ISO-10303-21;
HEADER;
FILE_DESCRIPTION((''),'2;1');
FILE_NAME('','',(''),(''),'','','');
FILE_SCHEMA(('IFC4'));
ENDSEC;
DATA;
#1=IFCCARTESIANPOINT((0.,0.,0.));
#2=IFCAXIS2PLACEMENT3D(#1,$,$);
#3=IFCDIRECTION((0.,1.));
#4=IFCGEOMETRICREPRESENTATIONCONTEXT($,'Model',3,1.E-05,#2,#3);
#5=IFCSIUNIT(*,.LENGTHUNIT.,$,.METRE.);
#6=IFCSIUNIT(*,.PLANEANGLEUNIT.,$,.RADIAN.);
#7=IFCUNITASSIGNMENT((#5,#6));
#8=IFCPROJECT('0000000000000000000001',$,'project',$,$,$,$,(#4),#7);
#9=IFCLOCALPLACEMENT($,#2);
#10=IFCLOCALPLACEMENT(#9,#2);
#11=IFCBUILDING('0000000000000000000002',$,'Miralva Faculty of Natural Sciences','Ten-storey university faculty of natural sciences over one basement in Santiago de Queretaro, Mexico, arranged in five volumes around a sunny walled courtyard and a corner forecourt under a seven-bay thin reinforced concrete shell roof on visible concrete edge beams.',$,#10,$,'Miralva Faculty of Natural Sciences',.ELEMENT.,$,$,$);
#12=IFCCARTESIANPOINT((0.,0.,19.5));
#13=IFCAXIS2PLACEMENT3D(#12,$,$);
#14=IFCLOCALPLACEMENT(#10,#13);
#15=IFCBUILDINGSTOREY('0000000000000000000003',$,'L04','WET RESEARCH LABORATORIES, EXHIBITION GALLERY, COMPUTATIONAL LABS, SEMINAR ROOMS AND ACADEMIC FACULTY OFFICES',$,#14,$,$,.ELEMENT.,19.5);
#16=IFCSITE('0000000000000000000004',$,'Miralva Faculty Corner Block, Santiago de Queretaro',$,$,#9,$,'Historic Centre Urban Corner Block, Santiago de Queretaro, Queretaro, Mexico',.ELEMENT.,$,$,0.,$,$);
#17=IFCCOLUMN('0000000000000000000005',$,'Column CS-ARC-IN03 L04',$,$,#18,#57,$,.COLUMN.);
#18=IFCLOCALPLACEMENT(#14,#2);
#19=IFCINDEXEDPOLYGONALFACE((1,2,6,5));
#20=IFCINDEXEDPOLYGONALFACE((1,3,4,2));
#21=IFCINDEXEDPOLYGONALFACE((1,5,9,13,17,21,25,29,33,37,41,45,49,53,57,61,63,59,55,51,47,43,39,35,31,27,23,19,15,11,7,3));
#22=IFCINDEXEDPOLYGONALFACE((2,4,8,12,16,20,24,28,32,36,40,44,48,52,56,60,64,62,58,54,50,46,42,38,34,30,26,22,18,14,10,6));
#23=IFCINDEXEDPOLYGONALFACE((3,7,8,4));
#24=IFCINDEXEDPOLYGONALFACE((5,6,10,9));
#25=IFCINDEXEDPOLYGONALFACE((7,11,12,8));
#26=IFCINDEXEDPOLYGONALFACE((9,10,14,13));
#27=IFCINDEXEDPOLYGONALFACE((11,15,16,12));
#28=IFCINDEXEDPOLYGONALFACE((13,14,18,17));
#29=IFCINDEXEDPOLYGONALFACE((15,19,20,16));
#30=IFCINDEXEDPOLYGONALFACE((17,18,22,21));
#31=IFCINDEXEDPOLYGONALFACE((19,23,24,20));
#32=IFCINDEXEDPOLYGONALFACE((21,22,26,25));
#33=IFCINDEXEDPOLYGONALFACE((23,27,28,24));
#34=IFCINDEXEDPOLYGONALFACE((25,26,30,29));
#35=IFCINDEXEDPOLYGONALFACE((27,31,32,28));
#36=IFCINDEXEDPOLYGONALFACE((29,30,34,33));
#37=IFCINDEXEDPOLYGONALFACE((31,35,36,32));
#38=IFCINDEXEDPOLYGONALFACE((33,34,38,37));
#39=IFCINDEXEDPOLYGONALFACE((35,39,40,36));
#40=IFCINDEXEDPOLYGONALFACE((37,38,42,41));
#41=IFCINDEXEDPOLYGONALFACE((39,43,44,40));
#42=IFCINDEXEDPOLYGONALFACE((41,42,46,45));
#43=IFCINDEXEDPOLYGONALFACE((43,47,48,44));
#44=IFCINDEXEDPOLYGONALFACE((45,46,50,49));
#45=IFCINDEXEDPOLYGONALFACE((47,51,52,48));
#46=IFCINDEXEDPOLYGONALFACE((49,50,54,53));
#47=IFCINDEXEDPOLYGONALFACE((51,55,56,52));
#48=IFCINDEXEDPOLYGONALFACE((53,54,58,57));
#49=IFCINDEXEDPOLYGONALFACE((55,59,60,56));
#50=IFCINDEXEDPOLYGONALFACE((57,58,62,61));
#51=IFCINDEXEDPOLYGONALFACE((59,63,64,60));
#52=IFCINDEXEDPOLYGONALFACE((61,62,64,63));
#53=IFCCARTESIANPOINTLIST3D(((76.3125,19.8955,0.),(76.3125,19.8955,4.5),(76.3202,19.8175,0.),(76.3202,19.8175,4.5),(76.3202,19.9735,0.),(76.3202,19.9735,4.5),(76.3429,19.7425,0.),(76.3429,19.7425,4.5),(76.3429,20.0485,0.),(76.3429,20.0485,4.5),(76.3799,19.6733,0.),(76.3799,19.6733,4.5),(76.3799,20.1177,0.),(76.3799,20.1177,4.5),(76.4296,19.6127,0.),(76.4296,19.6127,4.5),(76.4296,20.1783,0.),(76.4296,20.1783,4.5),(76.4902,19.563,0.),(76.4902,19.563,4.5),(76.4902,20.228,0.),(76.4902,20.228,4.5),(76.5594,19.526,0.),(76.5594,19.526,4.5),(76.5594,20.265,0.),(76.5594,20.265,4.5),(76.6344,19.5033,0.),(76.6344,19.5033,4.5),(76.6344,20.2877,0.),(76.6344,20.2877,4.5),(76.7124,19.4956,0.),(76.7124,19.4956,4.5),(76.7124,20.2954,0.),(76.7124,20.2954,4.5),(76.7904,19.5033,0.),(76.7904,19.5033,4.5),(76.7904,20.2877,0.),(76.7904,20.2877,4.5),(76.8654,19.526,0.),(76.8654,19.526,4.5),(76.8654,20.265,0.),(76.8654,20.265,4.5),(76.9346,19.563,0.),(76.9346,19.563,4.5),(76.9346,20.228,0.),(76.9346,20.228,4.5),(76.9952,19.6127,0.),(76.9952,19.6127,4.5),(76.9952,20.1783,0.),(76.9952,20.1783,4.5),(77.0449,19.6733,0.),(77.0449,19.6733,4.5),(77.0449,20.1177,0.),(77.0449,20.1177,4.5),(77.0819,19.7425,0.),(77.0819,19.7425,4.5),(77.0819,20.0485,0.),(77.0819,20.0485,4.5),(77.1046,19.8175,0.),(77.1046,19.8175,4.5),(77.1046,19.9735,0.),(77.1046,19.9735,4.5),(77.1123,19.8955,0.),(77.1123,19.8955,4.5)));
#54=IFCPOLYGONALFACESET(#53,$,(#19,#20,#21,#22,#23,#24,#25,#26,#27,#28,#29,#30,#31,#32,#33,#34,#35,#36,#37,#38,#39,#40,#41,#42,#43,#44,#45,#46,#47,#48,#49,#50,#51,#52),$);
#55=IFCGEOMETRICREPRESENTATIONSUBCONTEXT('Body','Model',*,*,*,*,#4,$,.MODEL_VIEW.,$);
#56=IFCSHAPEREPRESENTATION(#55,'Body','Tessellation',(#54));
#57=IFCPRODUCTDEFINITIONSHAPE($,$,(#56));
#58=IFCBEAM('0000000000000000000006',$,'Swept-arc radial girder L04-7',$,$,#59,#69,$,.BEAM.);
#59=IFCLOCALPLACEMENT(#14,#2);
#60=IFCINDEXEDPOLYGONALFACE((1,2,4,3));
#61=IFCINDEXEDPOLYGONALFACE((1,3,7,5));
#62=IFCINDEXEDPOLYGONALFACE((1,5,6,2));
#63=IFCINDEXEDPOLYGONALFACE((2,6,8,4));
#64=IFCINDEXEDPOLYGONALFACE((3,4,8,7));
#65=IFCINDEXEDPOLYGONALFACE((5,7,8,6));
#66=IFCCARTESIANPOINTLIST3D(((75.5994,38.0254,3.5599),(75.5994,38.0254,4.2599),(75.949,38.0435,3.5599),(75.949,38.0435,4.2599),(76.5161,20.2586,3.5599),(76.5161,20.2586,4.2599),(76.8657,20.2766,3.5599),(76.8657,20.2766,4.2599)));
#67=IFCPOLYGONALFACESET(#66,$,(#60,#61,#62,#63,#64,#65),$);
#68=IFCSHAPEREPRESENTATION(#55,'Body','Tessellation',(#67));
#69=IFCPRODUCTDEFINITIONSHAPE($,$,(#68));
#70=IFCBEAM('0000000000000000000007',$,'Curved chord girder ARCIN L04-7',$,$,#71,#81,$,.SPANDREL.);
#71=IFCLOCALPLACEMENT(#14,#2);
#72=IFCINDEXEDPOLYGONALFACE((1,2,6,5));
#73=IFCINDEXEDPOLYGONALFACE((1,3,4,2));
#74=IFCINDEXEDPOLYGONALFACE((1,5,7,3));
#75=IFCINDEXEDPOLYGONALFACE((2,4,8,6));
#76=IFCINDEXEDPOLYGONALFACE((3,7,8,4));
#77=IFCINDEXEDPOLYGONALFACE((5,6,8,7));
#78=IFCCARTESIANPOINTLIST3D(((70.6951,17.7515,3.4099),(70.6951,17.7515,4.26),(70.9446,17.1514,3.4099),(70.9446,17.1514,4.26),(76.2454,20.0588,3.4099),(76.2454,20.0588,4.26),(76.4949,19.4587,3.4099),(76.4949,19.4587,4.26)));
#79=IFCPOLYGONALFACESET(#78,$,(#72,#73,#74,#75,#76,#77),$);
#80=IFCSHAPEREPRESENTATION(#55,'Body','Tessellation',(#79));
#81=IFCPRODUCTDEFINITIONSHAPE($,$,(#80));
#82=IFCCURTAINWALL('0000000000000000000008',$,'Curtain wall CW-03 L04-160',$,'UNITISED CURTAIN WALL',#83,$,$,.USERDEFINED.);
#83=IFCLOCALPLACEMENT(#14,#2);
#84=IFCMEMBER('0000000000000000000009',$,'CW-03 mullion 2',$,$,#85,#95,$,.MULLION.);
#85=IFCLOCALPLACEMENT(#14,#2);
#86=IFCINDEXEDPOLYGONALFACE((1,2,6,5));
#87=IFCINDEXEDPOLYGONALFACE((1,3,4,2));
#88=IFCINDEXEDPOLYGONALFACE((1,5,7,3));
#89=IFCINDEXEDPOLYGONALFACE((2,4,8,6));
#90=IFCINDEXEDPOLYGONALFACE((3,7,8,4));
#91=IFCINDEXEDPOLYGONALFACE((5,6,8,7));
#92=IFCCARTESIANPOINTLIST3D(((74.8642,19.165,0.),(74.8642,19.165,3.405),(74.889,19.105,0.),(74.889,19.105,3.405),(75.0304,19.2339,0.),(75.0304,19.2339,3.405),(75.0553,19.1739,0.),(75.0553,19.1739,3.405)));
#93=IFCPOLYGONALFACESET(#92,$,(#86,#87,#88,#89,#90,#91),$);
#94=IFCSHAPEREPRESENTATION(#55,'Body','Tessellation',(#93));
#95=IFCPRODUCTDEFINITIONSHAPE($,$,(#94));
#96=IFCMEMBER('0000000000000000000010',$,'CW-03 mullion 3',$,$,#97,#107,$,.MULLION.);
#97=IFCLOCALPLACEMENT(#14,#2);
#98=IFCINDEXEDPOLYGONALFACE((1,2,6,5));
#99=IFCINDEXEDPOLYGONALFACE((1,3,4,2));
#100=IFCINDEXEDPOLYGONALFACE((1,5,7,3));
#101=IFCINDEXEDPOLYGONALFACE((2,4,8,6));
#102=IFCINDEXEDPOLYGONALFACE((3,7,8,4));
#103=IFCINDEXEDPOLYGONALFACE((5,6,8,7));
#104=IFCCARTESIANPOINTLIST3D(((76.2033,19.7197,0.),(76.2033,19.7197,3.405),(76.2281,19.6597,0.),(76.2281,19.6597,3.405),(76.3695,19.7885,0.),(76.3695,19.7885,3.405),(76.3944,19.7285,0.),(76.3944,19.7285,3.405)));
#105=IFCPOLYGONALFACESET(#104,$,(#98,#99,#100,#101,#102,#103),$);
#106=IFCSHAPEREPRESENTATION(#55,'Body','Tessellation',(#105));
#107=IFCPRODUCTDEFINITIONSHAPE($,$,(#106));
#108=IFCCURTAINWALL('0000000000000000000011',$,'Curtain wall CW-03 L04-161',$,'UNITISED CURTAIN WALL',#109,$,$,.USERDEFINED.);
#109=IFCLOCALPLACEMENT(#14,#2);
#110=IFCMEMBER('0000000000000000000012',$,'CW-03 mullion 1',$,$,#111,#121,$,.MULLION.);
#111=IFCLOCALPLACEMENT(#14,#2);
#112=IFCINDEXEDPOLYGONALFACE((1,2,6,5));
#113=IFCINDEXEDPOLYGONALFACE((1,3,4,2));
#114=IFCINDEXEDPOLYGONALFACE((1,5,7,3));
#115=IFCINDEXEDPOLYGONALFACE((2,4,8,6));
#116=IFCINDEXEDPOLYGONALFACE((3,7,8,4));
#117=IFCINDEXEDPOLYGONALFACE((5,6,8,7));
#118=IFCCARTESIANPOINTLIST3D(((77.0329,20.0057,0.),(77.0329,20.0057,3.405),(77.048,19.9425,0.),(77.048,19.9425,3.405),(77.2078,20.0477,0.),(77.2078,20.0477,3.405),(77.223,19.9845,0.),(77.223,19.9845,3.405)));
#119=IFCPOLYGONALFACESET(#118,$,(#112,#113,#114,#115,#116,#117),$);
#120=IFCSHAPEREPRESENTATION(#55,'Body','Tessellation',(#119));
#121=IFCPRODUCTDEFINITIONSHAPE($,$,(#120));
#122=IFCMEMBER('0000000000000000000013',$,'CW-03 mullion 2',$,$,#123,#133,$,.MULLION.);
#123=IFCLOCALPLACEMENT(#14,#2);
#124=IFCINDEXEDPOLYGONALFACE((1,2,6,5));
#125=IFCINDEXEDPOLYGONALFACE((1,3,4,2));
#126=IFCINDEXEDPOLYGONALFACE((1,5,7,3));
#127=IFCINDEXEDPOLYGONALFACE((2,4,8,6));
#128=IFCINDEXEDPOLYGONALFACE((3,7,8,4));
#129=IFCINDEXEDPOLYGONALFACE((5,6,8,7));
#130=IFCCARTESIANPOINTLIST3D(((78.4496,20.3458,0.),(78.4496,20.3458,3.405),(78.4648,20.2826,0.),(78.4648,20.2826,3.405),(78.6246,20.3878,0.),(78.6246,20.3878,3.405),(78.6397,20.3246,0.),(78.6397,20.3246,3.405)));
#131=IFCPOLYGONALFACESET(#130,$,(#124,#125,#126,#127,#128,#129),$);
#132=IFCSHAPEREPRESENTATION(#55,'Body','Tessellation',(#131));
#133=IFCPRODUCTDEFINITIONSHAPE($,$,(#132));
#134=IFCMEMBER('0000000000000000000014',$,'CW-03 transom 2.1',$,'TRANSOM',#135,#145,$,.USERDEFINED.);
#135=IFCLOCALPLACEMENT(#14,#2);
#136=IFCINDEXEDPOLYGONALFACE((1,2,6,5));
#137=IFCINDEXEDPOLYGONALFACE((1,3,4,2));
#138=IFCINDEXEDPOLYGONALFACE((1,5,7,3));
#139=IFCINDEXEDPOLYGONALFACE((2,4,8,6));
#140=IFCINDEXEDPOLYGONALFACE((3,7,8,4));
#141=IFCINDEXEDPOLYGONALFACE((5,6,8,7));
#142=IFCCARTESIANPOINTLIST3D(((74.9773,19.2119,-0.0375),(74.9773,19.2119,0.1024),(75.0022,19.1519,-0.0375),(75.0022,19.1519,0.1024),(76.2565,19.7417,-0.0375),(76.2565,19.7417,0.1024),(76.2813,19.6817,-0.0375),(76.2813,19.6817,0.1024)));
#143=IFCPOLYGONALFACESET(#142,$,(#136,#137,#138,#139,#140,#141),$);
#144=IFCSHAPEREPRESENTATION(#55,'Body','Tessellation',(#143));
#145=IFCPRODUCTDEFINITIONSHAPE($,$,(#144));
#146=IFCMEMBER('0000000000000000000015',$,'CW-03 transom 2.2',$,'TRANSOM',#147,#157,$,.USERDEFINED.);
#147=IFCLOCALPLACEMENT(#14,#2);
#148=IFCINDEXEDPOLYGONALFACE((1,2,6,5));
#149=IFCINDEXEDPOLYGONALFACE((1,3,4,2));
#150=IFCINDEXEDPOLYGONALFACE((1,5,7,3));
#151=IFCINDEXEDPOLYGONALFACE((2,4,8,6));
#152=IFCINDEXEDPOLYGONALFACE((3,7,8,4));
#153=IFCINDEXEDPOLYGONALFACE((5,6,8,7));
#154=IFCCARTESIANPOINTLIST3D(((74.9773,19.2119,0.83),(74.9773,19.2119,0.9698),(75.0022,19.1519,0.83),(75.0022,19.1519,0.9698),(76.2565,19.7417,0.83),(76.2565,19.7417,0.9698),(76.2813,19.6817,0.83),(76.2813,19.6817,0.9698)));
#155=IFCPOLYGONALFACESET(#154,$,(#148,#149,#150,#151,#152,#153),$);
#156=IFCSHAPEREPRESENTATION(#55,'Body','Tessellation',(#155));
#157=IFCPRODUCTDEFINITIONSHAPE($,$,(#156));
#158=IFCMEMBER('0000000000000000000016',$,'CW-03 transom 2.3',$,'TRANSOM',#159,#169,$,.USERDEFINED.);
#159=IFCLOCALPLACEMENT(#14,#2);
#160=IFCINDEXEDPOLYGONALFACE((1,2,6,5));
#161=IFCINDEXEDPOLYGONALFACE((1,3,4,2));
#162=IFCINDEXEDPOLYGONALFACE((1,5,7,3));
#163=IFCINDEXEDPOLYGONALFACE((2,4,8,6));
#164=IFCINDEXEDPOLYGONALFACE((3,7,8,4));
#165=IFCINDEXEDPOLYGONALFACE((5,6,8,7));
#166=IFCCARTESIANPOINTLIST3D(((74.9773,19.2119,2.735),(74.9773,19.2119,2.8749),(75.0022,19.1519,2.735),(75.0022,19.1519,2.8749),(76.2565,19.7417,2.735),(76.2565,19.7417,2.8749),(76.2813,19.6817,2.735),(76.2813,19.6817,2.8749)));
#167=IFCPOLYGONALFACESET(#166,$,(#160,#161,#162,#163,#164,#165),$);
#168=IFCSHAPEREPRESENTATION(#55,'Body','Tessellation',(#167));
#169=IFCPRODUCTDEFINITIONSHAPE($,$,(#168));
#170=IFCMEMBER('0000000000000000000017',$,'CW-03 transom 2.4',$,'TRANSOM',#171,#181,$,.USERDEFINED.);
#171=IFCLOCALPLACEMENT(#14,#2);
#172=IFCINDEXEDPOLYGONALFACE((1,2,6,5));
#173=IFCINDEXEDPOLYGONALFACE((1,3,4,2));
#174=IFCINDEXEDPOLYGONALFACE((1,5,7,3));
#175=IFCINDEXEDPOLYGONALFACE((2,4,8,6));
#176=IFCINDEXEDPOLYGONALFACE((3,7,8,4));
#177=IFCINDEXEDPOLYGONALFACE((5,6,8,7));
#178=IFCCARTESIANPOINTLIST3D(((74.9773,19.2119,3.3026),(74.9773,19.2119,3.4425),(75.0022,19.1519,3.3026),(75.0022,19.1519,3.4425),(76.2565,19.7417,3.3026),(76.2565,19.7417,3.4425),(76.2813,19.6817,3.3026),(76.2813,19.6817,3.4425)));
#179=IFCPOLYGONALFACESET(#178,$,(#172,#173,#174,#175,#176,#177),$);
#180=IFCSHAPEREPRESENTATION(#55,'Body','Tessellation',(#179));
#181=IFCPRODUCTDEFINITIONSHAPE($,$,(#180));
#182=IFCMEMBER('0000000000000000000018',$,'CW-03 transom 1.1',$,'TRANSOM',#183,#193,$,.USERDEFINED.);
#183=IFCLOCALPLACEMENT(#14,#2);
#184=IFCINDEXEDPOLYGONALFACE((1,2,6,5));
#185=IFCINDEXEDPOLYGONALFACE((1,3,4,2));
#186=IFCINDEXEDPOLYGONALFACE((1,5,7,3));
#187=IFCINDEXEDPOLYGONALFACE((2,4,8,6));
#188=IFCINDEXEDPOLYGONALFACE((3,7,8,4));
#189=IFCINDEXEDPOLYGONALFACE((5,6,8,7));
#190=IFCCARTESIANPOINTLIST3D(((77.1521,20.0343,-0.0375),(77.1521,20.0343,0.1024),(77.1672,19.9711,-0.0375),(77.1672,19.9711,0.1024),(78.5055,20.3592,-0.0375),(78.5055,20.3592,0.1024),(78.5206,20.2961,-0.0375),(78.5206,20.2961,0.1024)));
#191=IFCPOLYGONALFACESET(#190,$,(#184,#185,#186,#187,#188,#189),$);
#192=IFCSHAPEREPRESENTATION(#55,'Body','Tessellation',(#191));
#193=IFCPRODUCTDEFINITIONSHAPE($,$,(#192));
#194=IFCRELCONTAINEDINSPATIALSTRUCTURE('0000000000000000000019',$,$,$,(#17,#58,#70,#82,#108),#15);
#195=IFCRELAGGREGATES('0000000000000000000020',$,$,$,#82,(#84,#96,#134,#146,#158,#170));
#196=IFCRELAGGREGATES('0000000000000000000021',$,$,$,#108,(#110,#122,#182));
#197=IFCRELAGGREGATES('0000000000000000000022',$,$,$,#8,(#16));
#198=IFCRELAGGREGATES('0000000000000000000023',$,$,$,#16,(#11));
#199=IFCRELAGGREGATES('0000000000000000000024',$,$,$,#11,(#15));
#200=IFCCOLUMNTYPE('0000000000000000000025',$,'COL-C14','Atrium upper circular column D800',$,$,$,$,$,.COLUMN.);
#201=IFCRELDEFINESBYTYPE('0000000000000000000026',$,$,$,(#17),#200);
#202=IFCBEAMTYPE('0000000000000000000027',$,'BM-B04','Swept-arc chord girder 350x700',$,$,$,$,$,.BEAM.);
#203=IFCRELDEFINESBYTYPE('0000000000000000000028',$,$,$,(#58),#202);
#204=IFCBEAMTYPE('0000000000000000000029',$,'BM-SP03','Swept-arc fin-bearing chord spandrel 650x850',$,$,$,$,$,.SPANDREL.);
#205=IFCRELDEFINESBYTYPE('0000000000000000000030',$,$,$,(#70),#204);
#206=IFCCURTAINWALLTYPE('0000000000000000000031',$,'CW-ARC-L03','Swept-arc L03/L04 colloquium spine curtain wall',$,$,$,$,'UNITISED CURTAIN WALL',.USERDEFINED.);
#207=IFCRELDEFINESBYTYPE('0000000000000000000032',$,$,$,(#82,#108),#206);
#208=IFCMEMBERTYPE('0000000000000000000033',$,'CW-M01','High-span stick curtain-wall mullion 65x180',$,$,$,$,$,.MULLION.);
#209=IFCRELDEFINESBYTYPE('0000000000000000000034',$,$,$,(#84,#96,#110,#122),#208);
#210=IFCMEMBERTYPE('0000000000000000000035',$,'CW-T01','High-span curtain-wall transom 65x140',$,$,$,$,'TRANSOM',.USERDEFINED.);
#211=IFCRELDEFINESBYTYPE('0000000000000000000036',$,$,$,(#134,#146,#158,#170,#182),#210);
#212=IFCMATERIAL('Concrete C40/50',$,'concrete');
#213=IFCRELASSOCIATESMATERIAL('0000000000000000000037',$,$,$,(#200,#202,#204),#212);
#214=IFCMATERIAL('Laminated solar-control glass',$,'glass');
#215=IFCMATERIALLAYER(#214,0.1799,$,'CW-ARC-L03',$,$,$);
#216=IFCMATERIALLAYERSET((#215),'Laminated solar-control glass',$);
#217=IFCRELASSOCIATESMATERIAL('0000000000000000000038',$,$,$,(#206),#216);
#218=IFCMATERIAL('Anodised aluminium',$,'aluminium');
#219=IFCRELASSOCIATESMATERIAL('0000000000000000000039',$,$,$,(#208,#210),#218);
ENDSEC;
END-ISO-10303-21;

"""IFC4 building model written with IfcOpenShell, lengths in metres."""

from ifc_helpers import new_model, si_unit, direction, frame, origin, origin_2d, place, context, subcontext, project, spatial, rectangle, circle, extrude, material, layer, layer_set, material_profile, profile_set, type_object, element, aggregate, save


model = new_model("IFC4")

# Units and contexts
model_context = context("Model", 3, precision=1e-05, world=origin(), true_north=direction((0.0, 1.0)))
body_context = subcontext(model_context, "Body", "Model", "MODEL_VIEW")
ifc_project = project(units=[si_unit("LENGTHUNIT", "METRE"), si_unit("PLANEANGLEUNIT", "RADIAN")], contexts=[model_context])

# Site, building, storey
site_placement = place(None, origin())
site = spatial("IfcSite", under=ifc_project, at=site_placement, Name="Miralva Faculty Corner Block, Santiago de Queretaro", LongName="Historic Centre Urban Corner Block, Santiago de Queretaro, Queretaro, Mexico", CompositionType="ELEMENT", RefElevation=0.0)
building_placement = place(site_placement, origin())
building = spatial("IfcBuilding", under=site, at=building_placement, Name="Miralva Faculty of Natural Sciences", Description="Ten-storey university faculty of natural sciences over one basement in Santiago de Queretaro, Mexico, arranged in five volumes around a sunny walled courtyard and a corner forecourt under a seven-bay thin reinforced concrete shell roof on visible concrete edge beams.", LongName="Miralva Faculty of Natural Sciences", CompositionType="ELEMENT")
storey_placement = place(building_placement, frame((0.0, 0.0, 19.5)))
storey = spatial("IfcBuildingStorey", under=building, at=storey_placement, Name="L04", Description="WET RESEARCH LABORATORIES, EXHIBITION GALLERY, COMPUTATIONAL LABS, SEMINAR ROOMS AND ACADEMIC FACULTY OFFICES", CompositionType="ELEMENT", Elevation=19.5)

# Column
ifc_material_1 = material(Name="Concrete C40/50", Category="concrete")
ifc_material_profile_1 = material_profile(ifc_material_1, circle(Radius=0.3999, at=origin_2d()), Name="RC DIA 800")
ifc_profile_set_1 = profile_set([ifc_material_profile_1], Name="Concrete C40/50")
column_type = type_object("IfcColumnType", Name="COL-C14", Description="Atrium upper circular column D800", PredefinedType="COLUMN", material=ifc_profile_set_1)
column_placement = place(storey_placement, frame((76.7124, 19.8955, 0.0), z_axis=(0.0, 0.0, 1.0), x_axis=(1.0, 0.0, 0.0)))
element("IfcColumn", 1, at=column_placement, inside=storey, type_object=column_type, Name="Column CS-ARC-IN03 L04", PredefinedType="COLUMN", context=body_context, shape_type="SweptSolid", body=[
    extrude(circle(Radius=0.3999, at=origin_2d()), origin(), (0.0, 0.0, 1.0), 4.5),
])

# Beams
ifc_material_profile_2 = material_profile(ifc_material_1, rectangle(XDim=0.3501, YDim=0.7, at=origin_2d()), Name="RC 350x700")
ifc_profile_set_2 = profile_set([ifc_material_profile_2], Name="Concrete C40/50")
beam_type_1 = type_object("IfcBeamType", Name="BM-B04", Description="Swept-arc chord girder 350x700", PredefinedType="BEAM", material=ifc_profile_set_2)
beam_1_placement = place(storey_placement, frame((76.6909, 20.2676, 3.9099), z_axis=(-0.05153, 0.998671, 0.0), x_axis=(-0.998671, -0.05153, 0.0)))
element("IfcBeam", 2, at=beam_1_placement, inside=storey, type_object=beam_type_1, Name="Swept-arc radial girder L04-7", PredefinedType="BEAM", context=body_context, shape_type="SweptSolid", body=[
    extrude(rectangle(XDim=0.3501, YDim=0.7, at=origin_2d()), origin(), (0.0, 0.0, 1.0), 17.7905),
])
ifc_material_profile_3 = material_profile(ifc_material_1, rectangle(XDim=0.6499, YDim=0.8501, at=origin_2d()), Name="RC 650x850")
ifc_profile_set_3 = profile_set([ifc_material_profile_3], Name="Concrete C40/50")
beam_type_2 = type_object("IfcBeamType", Name="BM-SP03", Description="Swept-arc fin-bearing chord spandrel 650x850", PredefinedType="SPANDREL", material=ifc_profile_set_3)
beam_2_placement = place(storey_placement, frame((76.3701, 19.7588, 3.835), z_axis=(-0.923387, -0.383871, 0.0), x_axis=(0.383871, -0.923387, 0.0)))
element("IfcBeam", 3, at=beam_2_placement, inside=storey, type_object=beam_type_2, Name="Curved chord girder ARCIN L04-7", PredefinedType="SPANDREL", context=body_context, shape_type="SweptSolid", body=[
    extrude(rectangle(XDim=0.6499, YDim=0.8501, at=origin_2d()), origin(), (0.0, 0.0, 1.0), 6.0107),
])

# Curtain walls, members
ifc_material_2 = material(Name="Laminated solar-control glass", Category="glass")
ifc_layer_1 = layer(ifc_material_2, 0.1799, Name="CW-ARC-L03")
ifc_layer_set_1 = layer_set([ifc_layer_1], Name="Laminated solar-control glass")
curtain_wall_type = type_object("IfcCurtainWallType", Name="CW-ARC-L03", Description="Swept-arc L03/L04 colloquium spine curtain wall", ElementType="UNITISED CURTAIN WALL", PredefinedType="USERDEFINED", material=ifc_layer_set_1)
curtain_wall_1_placement = place(storey_placement, origin())
curtain_wall_1 = element("IfcCurtainWall", 4, at=curtain_wall_1_placement, inside=storey, type_object=curtain_wall_type, Name="Curtain wall CW-03 L04-160", ObjectType="UNITISED CURTAIN WALL", PredefinedType="USERDEFINED")
ifc_material_3 = material(Name="Anodised aluminium", Category="aluminium")
ifc_material_profile_4 = material_profile(ifc_material_3, rectangle(XDim=0.0649, YDim=0.1799, at=origin_2d()), Name="MULLION 65x180")
ifc_profile_set_4 = profile_set([ifc_material_profile_4], Name="Anodised aluminium")
member_type_1 = type_object("IfcMemberType", Name="CW-M01", Description="High-span stick curtain-wall mullion 65x180", PredefinedType="MULLION", material=ifc_profile_set_4)
member_1_placement = place(storey_placement, frame((74.9597, 19.1694, 0.0), z_axis=(0.0, 0.0, 1.0), x_axis=(-0.382655, 0.923891, 0.0)))
member_1 = element("IfcMember", 5, at=member_1_placement, type_object=member_type_1, Name="CW-03 mullion 2", PredefinedType="MULLION", context=body_context, shape_type="SweptSolid", body=[
    extrude(rectangle(XDim=0.0649, YDim=0.1799, at=origin_2d()), origin(), (0.0, 0.0, 1.0), 3.405),
])
member_2_placement = place(storey_placement, frame((76.2988, 19.7241, 0.0), z_axis=(0.0, 0.0, 1.0), x_axis=(-0.382655, 0.923891, 0.0)))
member_2 = element("IfcMember", 6, at=member_2_placement, type_object=member_type_1, Name="CW-03 mullion 3", PredefinedType="MULLION", context=body_context, shape_type="SweptSolid", body=[
    extrude(rectangle(XDim=0.0649, YDim=0.1799, at=origin_2d()), origin(), (0.0, 0.0, 1.0), 3.405),
])
curtain_wall_2_placement = place(storey_placement, origin())
curtain_wall_2 = element("IfcCurtainWall", 7, at=curtain_wall_2_placement, inside=storey, type_object=curtain_wall_type, Name="Curtain wall CW-03 L04-161", ObjectType="UNITISED CURTAIN WALL", PredefinedType="USERDEFINED")
member_3_placement = place(storey_placement, frame((77.1279, 19.9951, 0.0), z_axis=(0.0, 0.0, 1.0), x_axis=(-0.233457, 0.972367, 0.0)))
member_3 = element("IfcMember", 8, at=member_3_placement, type_object=member_type_1, Name="CW-03 mullion 1", PredefinedType="MULLION", context=body_context, shape_type="SweptSolid", body=[
    extrude(rectangle(XDim=0.0649, YDim=0.1799, at=origin_2d()), origin(), (0.0, 0.0, 1.0), 3.405),
])
member_4_placement = place(storey_placement, frame((78.5447, 20.3352, 0.0), z_axis=(0.0, 0.0, 1.0), x_axis=(-0.233457, 0.972367, 0.0)))
member_4 = element("IfcMember", 9, at=member_4_placement, type_object=member_type_1, Name="CW-03 mullion 2", PredefinedType="MULLION", context=body_context, shape_type="SweptSolid", body=[
    extrude(rectangle(XDim=0.0649, YDim=0.1799, at=origin_2d()), origin(), (0.0, 0.0, 1.0), 3.405),
])

# Members
ifc_material_profile_5 = material_profile(ifc_material_3, rectangle(XDim=0.0649, YDim=0.1399, at=origin_2d()), Name="TRANSOM 65x140")
ifc_profile_set_5 = profile_set([ifc_material_profile_5], Name="Anodised aluminium")
member_type_2 = type_object("IfcMemberType", Name="CW-T01", Description="High-span curtain-wall transom 65x140", ElementType="TRANSOM", PredefinedType="USERDEFINED", material=ifc_profile_set_5)
member_5_placement = place(storey_placement, frame((74.9897, 19.1819, 0.0325), z_axis=(0.923884, 0.382674, 0.0), x_axis=(-0.382674, 0.923884, 0.0)))
member_5 = element("IfcMember", 10, at=member_5_placement, type_object=member_type_2, Name="CW-03 transom 2.1", ObjectType="TRANSOM", PredefinedType="USERDEFINED", context=body_context, shape_type="SweptSolid", body=[
    extrude(rectangle(XDim=0.0649, YDim=0.1399, at=origin_2d()), origin(), (0.0, 0.0, 1.0), 1.3845),
])
member_6_placement = place(storey_placement, frame((74.9897, 19.1819, 0.8999), z_axis=(0.923884, 0.382674, 0.0), x_axis=(-0.382674, 0.923884, 0.0)))
member_6 = element("IfcMember", 11, at=member_6_placement, type_object=member_type_2, Name="CW-03 transom 2.2", ObjectType="TRANSOM", PredefinedType="USERDEFINED", context=body_context, shape_type="SweptSolid", body=[
    extrude(rectangle(XDim=0.0649, YDim=0.1399, at=origin_2d()), origin(), (0.0, 0.0, 1.0), 1.3845),
])
member_7_placement = place(storey_placement, frame((74.9897, 19.1819, 2.8049), z_axis=(0.923884, 0.382674, 0.0), x_axis=(-0.382674, 0.923884, 0.0)))
member_7 = element("IfcMember", 12, at=member_7_placement, type_object=member_type_2, Name="CW-03 transom 2.3", ObjectType="TRANSOM", PredefinedType="USERDEFINED", context=body_context, shape_type="SweptSolid", body=[
    extrude(rectangle(XDim=0.0649, YDim=0.1399, at=origin_2d()), origin(), (0.0, 0.0, 1.0), 1.3845),
])
member_8_placement = place(storey_placement, frame((74.9897, 19.1819, 3.3726), z_axis=(0.923884, 0.382674, 0.0), x_axis=(-0.382674, 0.923884, 0.0)))
member_8 = element("IfcMember", 13, at=member_8_placement, type_object=member_type_2, Name="CW-03 transom 2.4", ObjectType="TRANSOM", PredefinedType="USERDEFINED", context=body_context, shape_type="SweptSolid", body=[
    extrude(rectangle(XDim=0.0649, YDim=0.1399, at=origin_2d()), origin(), (0.0, 0.0, 1.0), 1.3845),
])
member_9_placement = place(storey_placement, frame((77.1597, 20.0027, 0.0325), z_axis=(0.97236, 0.233486, 0.0), x_axis=(-0.233486, 0.97236, 0.0)))
member_9 = element("IfcMember", 14, at=member_9_placement, type_object=member_type_2, Name="CW-03 transom 1.1", ObjectType="TRANSOM", PredefinedType="USERDEFINED", context=body_context, shape_type="SweptSolid", body=[
    extrude(rectangle(XDim=0.0649, YDim=0.1399, at=origin_2d()), origin(), (0.0, 0.0, 1.0), 1.3918),
])

aggregate(curtain_wall_1, [member_1, member_2, member_5, member_6, member_7, member_8])
aggregate(curtain_wall_2, [member_3, member_4, member_9])

save(model, "model.ifc")
